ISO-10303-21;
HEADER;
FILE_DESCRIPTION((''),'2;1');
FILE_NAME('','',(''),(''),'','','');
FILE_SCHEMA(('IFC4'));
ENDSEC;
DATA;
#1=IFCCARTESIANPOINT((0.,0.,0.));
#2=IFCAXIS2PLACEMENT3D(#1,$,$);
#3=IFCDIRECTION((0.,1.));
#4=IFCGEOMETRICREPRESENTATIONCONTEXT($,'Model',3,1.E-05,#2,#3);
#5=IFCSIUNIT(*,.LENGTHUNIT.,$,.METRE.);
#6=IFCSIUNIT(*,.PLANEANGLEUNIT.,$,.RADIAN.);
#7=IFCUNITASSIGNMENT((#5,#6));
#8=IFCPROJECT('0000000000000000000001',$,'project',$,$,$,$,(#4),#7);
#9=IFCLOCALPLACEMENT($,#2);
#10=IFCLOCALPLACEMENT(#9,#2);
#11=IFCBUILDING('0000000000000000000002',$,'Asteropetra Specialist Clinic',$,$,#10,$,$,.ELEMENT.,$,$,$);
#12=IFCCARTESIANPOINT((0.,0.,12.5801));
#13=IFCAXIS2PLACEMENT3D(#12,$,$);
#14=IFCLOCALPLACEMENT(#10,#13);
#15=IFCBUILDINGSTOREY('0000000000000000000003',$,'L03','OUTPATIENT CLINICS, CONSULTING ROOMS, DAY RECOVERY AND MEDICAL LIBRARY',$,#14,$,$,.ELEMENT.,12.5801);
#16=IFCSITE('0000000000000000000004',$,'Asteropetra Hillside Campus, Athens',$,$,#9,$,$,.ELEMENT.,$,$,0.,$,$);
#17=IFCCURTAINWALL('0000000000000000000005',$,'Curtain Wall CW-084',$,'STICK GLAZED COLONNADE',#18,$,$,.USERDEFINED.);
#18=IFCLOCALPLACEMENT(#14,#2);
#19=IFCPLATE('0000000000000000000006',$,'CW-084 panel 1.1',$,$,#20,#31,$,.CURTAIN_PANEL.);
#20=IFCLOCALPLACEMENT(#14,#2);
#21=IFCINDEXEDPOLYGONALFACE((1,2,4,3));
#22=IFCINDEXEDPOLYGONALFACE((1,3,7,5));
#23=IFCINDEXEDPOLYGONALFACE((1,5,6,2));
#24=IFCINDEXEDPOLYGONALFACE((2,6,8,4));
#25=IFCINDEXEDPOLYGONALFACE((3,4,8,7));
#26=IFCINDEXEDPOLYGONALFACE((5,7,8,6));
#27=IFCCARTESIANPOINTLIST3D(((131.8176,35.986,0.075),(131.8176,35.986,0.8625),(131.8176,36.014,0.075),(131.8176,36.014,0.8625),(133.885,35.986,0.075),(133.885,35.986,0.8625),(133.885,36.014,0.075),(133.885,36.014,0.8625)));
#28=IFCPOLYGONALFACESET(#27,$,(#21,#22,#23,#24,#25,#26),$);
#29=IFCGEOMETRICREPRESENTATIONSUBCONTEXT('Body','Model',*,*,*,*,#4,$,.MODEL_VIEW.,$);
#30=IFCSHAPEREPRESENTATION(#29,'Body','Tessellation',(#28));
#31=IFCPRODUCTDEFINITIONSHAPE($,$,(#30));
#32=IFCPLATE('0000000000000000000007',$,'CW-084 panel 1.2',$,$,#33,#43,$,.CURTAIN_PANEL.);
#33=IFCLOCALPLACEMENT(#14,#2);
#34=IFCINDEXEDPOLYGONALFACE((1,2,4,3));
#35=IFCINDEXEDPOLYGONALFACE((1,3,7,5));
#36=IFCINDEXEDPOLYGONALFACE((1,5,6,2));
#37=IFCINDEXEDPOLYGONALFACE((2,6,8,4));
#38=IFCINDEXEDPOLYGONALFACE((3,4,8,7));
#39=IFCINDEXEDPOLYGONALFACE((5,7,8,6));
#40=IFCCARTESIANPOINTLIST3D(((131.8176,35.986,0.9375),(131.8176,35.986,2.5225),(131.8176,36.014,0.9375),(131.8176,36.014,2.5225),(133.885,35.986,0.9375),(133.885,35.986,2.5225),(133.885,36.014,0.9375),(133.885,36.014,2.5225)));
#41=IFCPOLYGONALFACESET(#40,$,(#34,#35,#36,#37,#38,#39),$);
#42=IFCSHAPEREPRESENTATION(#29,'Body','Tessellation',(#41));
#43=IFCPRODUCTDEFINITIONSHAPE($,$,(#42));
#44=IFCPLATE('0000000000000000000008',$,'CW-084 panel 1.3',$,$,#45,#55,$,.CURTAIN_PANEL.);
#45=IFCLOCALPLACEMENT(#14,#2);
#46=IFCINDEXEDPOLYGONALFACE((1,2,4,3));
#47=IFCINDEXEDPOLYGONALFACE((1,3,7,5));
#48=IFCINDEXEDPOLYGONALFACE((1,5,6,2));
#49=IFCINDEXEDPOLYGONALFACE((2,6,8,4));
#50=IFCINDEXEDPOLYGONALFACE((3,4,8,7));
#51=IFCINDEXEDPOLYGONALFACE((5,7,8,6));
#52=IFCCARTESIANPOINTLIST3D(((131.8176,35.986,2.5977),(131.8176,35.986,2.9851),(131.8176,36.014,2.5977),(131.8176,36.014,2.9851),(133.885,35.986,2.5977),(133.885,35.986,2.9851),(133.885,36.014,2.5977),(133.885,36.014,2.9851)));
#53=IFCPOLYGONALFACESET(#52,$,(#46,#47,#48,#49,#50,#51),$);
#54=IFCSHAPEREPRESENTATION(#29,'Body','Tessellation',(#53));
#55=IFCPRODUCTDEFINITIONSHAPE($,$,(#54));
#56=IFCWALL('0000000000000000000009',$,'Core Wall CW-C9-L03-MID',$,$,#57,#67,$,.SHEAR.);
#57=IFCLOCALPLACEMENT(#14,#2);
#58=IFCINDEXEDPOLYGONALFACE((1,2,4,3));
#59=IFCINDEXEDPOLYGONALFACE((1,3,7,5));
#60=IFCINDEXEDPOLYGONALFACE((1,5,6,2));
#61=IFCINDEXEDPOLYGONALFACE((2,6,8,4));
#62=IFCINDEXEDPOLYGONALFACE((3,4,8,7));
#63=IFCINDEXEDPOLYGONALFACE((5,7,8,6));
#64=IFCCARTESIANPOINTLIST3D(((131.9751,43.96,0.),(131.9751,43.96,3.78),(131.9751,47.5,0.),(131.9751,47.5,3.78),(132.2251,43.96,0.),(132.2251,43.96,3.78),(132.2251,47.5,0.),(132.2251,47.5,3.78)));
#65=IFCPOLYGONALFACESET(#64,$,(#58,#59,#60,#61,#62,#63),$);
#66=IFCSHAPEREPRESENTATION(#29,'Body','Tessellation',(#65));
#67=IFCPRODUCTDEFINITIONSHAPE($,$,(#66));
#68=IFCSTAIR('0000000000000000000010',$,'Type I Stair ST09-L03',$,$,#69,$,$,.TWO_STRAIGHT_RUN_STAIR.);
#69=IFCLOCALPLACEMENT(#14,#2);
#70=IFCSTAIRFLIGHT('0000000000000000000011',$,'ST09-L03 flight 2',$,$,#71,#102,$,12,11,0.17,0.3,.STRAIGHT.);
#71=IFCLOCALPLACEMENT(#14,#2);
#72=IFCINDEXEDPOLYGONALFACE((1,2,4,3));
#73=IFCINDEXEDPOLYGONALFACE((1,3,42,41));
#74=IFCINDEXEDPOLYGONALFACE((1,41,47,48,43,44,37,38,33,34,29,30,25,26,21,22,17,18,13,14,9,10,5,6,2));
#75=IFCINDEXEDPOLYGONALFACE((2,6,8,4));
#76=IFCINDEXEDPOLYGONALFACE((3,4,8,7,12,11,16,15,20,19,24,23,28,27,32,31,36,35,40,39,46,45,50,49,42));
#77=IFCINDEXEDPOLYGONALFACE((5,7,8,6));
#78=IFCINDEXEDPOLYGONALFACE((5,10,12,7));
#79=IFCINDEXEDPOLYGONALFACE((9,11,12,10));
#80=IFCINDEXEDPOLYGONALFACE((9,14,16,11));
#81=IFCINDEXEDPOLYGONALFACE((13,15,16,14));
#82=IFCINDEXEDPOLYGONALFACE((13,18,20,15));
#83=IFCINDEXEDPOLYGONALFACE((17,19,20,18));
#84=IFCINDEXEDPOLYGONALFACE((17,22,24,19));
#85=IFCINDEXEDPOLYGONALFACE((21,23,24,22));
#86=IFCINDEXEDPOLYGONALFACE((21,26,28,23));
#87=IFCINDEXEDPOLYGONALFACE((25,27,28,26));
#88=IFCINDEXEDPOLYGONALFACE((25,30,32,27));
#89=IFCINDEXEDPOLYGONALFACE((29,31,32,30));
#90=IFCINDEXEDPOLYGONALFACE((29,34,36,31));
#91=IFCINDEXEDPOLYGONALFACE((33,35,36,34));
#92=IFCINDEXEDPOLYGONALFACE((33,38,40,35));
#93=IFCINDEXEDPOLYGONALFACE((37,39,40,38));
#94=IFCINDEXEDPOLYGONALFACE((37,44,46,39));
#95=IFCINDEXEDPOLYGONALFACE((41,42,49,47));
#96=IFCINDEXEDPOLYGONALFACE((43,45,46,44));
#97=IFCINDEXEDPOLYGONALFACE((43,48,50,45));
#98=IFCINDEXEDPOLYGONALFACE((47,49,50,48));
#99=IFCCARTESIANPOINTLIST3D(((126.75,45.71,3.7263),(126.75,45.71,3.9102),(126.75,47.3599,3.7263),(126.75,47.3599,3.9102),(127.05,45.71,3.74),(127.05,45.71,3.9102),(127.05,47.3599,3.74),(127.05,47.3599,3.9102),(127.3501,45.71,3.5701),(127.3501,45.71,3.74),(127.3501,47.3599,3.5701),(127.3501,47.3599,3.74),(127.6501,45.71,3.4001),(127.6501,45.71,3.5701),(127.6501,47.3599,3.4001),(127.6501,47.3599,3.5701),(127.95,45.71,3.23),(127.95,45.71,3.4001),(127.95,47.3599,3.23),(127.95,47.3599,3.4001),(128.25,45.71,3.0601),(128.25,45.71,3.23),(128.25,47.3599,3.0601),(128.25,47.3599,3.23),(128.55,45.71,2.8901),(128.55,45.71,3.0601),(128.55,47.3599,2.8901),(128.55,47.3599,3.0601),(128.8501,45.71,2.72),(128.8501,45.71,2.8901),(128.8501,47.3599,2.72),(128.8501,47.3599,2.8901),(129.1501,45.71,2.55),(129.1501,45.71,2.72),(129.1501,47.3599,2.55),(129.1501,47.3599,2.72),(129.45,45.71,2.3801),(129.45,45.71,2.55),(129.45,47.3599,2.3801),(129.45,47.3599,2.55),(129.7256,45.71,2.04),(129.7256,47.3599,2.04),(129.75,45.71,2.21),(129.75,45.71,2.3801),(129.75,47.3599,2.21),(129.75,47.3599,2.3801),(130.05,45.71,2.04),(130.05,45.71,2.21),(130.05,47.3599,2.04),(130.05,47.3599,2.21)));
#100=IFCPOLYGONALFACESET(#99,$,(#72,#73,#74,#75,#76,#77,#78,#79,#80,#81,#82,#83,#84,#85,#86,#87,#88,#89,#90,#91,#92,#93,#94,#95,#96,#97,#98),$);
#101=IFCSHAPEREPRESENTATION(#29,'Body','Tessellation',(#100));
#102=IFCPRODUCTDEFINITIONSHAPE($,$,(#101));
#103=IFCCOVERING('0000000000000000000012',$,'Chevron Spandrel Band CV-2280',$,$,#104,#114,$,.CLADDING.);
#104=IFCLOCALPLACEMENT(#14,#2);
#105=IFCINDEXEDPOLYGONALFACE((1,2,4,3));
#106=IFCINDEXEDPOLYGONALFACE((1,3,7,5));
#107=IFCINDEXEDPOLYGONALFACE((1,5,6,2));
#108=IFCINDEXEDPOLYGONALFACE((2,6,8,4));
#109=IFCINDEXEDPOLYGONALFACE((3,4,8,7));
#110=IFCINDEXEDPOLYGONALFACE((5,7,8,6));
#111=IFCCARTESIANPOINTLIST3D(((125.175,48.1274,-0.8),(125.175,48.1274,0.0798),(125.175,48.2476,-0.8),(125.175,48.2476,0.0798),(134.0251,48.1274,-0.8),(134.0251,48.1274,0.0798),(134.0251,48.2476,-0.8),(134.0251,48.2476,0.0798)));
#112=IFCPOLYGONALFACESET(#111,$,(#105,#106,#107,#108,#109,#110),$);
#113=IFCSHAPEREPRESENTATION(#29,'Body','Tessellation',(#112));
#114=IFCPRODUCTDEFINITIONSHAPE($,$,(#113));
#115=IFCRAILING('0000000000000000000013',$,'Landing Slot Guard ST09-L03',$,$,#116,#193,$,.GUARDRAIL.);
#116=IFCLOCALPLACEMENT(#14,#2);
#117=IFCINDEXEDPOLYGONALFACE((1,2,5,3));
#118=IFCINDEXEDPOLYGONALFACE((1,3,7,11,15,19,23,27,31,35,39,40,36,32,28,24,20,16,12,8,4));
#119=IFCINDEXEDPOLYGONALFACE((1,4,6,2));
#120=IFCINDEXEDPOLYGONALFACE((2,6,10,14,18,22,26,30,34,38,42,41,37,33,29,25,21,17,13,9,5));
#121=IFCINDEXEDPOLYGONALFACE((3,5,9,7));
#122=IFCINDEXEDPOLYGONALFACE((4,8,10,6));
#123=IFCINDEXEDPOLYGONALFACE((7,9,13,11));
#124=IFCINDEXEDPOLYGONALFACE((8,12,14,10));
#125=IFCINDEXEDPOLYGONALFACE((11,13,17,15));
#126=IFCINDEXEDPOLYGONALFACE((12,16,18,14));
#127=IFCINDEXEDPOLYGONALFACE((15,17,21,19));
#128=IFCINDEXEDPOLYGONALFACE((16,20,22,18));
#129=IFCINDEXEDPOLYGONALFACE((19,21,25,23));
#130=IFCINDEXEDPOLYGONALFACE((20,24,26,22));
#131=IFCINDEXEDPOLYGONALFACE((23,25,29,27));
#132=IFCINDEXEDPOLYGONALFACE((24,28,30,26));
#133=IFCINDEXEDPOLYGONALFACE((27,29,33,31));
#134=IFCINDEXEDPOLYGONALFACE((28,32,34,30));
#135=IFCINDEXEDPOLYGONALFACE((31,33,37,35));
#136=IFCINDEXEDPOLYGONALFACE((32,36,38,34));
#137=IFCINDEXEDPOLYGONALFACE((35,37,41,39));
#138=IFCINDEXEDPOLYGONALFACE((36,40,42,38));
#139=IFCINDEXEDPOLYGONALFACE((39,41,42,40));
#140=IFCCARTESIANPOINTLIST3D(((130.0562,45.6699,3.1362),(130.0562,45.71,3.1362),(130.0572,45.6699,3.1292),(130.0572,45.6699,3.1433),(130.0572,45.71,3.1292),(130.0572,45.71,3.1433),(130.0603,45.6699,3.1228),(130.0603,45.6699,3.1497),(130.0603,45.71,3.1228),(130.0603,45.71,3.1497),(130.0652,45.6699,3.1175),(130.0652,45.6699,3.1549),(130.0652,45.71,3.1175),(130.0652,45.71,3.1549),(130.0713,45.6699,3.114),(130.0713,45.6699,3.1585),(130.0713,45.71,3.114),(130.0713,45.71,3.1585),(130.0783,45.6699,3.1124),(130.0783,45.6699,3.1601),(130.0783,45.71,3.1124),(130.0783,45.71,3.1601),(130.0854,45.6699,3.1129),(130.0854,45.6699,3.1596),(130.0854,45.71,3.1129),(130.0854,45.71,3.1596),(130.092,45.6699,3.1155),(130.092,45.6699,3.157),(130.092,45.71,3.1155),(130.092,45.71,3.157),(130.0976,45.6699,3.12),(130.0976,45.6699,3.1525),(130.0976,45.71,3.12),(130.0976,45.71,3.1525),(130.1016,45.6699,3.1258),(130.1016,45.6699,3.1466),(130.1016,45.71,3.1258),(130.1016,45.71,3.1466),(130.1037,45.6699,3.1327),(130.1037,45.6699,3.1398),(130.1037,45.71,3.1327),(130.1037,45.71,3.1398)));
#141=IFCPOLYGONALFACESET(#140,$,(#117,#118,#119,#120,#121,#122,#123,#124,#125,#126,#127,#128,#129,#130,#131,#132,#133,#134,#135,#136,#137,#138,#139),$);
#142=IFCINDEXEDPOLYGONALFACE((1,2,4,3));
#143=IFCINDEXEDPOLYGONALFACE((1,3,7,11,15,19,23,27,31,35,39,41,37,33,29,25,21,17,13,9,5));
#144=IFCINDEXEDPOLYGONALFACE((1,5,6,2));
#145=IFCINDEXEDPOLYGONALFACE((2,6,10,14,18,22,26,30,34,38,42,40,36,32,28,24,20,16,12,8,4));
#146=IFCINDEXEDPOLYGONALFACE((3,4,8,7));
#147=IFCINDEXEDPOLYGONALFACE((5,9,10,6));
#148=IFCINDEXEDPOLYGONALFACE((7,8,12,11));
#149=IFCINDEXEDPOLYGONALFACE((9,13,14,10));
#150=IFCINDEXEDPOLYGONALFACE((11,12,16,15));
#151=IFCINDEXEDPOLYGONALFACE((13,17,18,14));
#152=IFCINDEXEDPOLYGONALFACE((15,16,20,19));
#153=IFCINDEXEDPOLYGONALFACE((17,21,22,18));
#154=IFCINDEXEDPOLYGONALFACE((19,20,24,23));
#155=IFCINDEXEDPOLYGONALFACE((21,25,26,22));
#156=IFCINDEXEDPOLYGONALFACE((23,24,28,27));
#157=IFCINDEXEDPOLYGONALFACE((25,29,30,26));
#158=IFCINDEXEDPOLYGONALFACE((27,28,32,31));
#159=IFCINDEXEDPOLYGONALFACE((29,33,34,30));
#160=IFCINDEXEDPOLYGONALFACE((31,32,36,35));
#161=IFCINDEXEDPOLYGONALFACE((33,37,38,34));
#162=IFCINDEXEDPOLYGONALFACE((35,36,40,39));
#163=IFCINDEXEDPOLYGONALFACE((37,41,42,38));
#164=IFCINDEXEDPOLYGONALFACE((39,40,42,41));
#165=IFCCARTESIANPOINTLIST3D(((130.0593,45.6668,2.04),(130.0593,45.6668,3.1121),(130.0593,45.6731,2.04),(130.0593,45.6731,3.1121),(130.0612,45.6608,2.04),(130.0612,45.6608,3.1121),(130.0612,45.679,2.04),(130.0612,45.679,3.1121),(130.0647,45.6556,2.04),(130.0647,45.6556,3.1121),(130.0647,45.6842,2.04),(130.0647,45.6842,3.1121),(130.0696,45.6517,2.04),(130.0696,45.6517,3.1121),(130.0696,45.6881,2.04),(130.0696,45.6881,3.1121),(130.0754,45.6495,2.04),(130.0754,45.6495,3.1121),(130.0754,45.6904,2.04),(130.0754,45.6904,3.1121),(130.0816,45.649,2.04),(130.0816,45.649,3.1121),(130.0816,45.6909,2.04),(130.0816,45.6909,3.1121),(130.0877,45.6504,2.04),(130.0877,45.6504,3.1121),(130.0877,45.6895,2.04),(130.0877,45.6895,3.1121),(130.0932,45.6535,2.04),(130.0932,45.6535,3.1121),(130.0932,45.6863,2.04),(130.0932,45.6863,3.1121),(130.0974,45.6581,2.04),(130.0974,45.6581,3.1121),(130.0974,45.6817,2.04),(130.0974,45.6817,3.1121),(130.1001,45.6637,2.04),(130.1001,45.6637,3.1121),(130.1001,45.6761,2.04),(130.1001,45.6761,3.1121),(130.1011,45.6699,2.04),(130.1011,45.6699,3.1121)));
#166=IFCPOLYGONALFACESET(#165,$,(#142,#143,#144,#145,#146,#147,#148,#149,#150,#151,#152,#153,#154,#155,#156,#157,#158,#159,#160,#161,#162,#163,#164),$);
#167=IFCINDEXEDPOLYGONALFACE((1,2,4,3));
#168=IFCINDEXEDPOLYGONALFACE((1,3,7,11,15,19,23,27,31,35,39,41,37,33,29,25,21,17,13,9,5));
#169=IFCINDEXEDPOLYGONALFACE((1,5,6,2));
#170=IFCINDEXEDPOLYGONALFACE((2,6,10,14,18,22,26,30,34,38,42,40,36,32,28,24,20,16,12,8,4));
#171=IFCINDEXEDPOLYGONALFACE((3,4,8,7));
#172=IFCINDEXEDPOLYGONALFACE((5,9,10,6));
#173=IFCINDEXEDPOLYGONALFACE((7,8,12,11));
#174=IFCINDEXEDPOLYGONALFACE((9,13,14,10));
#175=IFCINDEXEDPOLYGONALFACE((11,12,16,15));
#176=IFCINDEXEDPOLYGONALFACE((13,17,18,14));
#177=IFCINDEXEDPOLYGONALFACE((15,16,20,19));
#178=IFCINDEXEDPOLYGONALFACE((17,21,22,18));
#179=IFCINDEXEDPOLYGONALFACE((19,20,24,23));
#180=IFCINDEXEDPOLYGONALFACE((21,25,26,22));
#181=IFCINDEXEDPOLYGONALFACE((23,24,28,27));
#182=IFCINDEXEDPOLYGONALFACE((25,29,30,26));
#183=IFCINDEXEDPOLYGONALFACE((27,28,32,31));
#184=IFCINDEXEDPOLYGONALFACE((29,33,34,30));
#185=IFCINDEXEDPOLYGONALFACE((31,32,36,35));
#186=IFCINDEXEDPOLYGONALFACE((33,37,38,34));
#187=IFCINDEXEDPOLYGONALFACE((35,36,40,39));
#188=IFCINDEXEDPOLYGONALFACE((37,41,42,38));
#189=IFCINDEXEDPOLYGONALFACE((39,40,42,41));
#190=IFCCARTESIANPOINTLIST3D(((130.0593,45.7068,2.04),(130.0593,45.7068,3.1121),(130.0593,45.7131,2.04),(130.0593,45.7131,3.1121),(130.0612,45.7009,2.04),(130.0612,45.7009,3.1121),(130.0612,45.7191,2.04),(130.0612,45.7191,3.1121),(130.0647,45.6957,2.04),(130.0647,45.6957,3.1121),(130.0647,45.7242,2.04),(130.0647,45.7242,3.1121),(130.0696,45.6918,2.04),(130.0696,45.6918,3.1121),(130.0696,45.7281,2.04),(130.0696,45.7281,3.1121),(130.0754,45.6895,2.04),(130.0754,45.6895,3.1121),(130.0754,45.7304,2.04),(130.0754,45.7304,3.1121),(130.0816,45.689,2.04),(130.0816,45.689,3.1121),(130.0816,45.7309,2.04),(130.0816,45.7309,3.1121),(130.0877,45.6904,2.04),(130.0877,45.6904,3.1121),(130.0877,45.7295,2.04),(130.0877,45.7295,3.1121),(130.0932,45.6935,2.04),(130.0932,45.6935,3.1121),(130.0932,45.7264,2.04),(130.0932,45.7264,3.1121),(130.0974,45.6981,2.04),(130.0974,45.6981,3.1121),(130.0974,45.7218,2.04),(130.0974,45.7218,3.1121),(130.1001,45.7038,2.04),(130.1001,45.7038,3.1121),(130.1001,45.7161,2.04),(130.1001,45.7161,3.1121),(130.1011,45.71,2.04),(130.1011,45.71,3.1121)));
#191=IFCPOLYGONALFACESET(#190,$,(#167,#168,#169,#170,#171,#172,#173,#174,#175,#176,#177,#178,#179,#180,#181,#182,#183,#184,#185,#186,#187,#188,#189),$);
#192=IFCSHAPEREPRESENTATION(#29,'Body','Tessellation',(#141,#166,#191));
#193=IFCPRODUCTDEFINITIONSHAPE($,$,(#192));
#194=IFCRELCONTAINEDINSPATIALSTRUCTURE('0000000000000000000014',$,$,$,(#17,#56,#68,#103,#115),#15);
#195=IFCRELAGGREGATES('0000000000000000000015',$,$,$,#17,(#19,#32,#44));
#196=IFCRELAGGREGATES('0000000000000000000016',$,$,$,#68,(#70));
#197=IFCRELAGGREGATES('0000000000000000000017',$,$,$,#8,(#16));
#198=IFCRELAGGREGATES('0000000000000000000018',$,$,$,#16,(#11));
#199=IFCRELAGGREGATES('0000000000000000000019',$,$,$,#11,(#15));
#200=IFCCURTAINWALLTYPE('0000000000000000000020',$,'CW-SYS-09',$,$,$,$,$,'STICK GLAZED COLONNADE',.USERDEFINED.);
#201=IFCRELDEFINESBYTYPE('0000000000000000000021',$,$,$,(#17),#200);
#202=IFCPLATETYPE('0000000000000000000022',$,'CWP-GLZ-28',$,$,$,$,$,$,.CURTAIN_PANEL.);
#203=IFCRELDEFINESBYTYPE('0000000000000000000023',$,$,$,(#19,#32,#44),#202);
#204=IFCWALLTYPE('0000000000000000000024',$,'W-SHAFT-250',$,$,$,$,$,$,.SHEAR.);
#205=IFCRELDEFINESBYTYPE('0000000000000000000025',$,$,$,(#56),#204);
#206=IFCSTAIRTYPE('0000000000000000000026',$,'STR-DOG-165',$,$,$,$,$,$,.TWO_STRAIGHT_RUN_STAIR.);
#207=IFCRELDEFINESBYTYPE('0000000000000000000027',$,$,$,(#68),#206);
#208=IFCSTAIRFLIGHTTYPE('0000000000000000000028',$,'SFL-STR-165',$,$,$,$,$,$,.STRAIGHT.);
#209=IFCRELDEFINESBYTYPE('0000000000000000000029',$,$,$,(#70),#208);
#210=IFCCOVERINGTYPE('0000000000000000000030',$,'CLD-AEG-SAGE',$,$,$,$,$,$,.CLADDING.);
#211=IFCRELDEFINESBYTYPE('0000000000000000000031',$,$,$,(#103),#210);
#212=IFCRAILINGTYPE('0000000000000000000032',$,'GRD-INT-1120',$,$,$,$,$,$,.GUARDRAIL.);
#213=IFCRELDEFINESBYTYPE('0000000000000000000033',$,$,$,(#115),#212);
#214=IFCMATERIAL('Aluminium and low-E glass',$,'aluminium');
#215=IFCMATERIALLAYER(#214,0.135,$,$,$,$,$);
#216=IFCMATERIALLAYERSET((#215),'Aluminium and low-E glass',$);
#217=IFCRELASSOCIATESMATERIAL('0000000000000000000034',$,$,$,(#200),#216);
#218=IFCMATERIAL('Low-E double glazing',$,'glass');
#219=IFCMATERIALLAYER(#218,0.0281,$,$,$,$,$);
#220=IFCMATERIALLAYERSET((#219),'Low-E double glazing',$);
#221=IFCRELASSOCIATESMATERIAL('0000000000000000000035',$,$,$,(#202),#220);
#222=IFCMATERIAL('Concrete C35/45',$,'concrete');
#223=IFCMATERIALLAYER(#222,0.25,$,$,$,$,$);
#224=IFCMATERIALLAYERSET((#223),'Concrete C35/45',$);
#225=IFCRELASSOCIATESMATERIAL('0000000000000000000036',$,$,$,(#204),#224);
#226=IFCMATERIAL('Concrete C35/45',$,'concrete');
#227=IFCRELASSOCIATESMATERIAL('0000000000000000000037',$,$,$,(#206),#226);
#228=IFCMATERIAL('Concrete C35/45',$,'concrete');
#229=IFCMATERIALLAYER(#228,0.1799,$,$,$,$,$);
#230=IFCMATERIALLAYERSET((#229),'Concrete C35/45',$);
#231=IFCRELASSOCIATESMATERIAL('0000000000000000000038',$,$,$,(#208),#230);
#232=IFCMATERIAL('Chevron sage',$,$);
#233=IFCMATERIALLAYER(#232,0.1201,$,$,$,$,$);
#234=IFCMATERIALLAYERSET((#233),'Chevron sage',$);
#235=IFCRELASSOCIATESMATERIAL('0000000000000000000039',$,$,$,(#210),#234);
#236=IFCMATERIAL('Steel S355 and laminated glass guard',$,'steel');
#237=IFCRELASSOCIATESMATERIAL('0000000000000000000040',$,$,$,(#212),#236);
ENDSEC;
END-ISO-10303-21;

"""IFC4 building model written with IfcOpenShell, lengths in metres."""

from ifc_helpers import new_model, si_unit, direction, frame, frame_2d, origin, origin_2d, place, context, subcontext, project, spatial, polyline, rectangle, circle, outline, extrude, material, layer, layer_set, type_object, element, aggregate, save


model = new_model("IFC4")

# Units and contexts
model_context = context("Model", 3, precision=1e-05, world=origin(), true_north=direction((0.0, 1.0)))
body_context = subcontext(model_context, "Body", "Model", "MODEL_VIEW")
ifc_project = project(units=[si_unit("LENGTHUNIT", "METRE"), si_unit("PLANEANGLEUNIT", "RADIAN")], contexts=[model_context])

# Site, building, storey
site_placement = place(None, origin())
site = spatial("IfcSite", under=ifc_project, at=site_placement, Name="Asteropetra Hillside Campus, Athens", CompositionType="ELEMENT", RefElevation=0.0)
building_placement = place(site_placement, origin())
building = spatial("IfcBuilding", under=site, at=building_placement, Name="Asteropetra Specialist Clinic", CompositionType="ELEMENT")
storey_placement = place(building_placement, frame((0.0, 0.0, 12.5801)))
storey = spatial("IfcBuildingStorey", under=building, at=storey_placement, Name="L03", Description="OUTPATIENT CLINICS, CONSULTING ROOMS, DAY RECOVERY AND MEDICAL LIBRARY", CompositionType="ELEMENT", Elevation=12.5801)

# Curtain wall
ifc_material_1 = material(Name="Aluminium and low-E glass", Category="aluminium")
ifc_layer_1 = layer(ifc_material_1, 0.135)
ifc_layer_set_1 = layer_set([ifc_layer_1], Name="Aluminium and low-E glass")
curtain_wall_type = type_object("IfcCurtainWallType", Name="CW-SYS-09", ElementType="STICK GLAZED COLONNADE", PredefinedType="USERDEFINED", material=ifc_layer_set_1)
curtain_wall_placement = place(storey_placement, origin())
curtain_wall = element("IfcCurtainWall", 1, at=curtain_wall_placement, inside=storey, type_object=curtain_wall_type, Name="Curtain Wall CW-084", ObjectType="STICK GLAZED COLONNADE", PredefinedType="USERDEFINED")

# Plates
ifc_material_2 = material(Name="Low-E double glazing", Category="glass")
ifc_layer_2 = layer(ifc_material_2, 0.0281)
ifc_layer_set_2 = layer_set([ifc_layer_2], Name="Low-E double glazing")
plate_type_1 = type_object("IfcPlateType", Name="CWP-GLZ-28", PredefinedType="CURTAIN_PANEL", material=ifc_layer_set_2)
plate_1_placement = place(storey_placement, frame((132.8513, 36.0, 0.075), z_axis=(0.0, 0.0, 1.0), x_axis=(-1.0, 0.0, 0.0)))
plate_1 = element("IfcPlate", 2, at=plate_1_placement, type_object=plate_type_1, Name="CW-084 panel 1.1", PredefinedType="CURTAIN_PANEL", context=body_context, shape_type="SweptSolid", body=[
    extrude(rectangle(XDim=2.0674, YDim=0.0281, at=origin_2d()), origin(), (0.0, 0.0, 1.0), 0.7876),
])
plate_2_placement = place(storey_placement, frame((132.8513, 36.0, 0.9375), z_axis=(0.0, 0.0, 1.0), x_axis=(-1.0, 0.0, 0.0)))
plate_2 = element("IfcPlate", 3, at=plate_2_placement, type_object=plate_type_1, Name="CW-084 panel 1.2", PredefinedType="CURTAIN_PANEL", context=body_context, shape_type="SweptSolid", body=[
    extrude(rectangle(XDim=2.0674, YDim=0.0281, at=origin_2d()), origin(), (0.0, 0.0, 1.0), 1.585),
])
plate_3_placement = place(storey_placement, frame((132.8513, 36.0, 2.5977), z_axis=(0.0, 0.0, 1.0), x_axis=(-1.0, 0.0, 0.0)))
plate_3 = element("IfcPlate", 4, at=plate_3_placement, type_object=plate_type_1, Name="CW-084 panel 1.3", PredefinedType="CURTAIN_PANEL", context=body_context, shape_type="SweptSolid", body=[
    extrude(rectangle(XDim=2.0674, YDim=0.0281, at=origin_2d()), origin(), (0.0, 0.0, 1.0), 0.3875),
])
aggregate(curtain_wall, [plate_1, plate_2, plate_3])

# Wall
ifc_material_3 = material(Name="Concrete C35/45", Category="concrete")
ifc_layer_3 = layer(ifc_material_3, 0.25)
ifc_layer_set_3 = layer_set([ifc_layer_3], Name="Concrete C35/45")
wall_type = type_object("IfcWallType", Name="W-SHAFT-250", PredefinedType="SHEAR", material=ifc_layer_set_3)
wall_1_placement = place(storey_placement, frame((132.1001, 43.96, 0.0), z_axis=(0.0, 0.0, 1.0), x_axis=(0.0, 1.0, 0.0)))
element("IfcWall", 5, at=wall_1_placement, inside=storey, type_object=wall_type, Name="Core Wall CW-C9-L03-MID", PredefinedType="SHEAR", context=body_context, shape_type="SweptSolid", body=[
    extrude(rectangle(XDim=3.54, YDim=0.25, at=frame_2d((1.77, 0.0))), origin(), (0.0, 0.0, 1.0), 3.78),
])

# Stair, stair flight
ifc_material_4 = material(Name="Concrete C35/45", Category="concrete")
stair_type = type_object("IfcStairType", Name="STR-DOG-165", PredefinedType="TWO_STRAIGHT_RUN_STAIR", material=ifc_material_4)
stair_placement = place(storey_placement, origin())
stair = element("IfcStair", 6, at=stair_placement, inside=storey, type_object=stair_type, Name="Type I Stair ST09-L03", PredefinedType="TWO_STRAIGHT_RUN_STAIR")
ifc_material_5 = material(Name="Concrete C35/45", Category="concrete")
ifc_layer_4 = layer(ifc_material_5, 0.1799)
ifc_layer_set_4 = layer_set([ifc_layer_4], Name="Concrete C35/45")
stair_flight_type = type_object("IfcStairFlightType", Name="SFL-STR-165", PredefinedType="STRAIGHT", material=ifc_layer_set_4)
stair_flight_placement = place(storey_placement, frame((130.05, 46.5349, 2.04), z_axis=(0.0, 0.0, 1.0), x_axis=(-1.0, 0.0, 0.0)))
stair_flight = element("IfcStairFlight", 7, at=stair_flight_placement, type_object=stair_flight_type, Name="ST09-L03 flight 2", NumberOfRisers=12, NumberOfTreads=11, PredefinedType="STRAIGHT", RiserHeight=0.17, TreadLength=0.3, context=body_context, shape_type="SweptSolid", body=[
    extrude(outline(polyline([(0.0, 0.0), (0.0, 0.1699), (0.3, 0.1699), (0.3, 0.3401), (0.6001, 0.3401), (0.6001, 0.51), (0.8999, 0.51), (0.8999, 0.6799), (1.2, 0.6799), (1.2, 0.8501), (1.5, 0.8501), (1.5, 1.02), (1.8, 1.02), (1.8, 1.1899), (2.1001, 1.1899), (2.1001, 1.3601), (2.3999, 1.3601), (2.3999, 1.53), (2.7, 1.53), (2.7, 1.7), (3.0, 1.7), (3.0, 1.8701), (3.3, 1.8701), (3.3, 2.04), (3.3, 1.6863), (0.3245, 0.0), (0.0, 0.0)])), frame((0.0, 0.825, 0.0), z_axis=(0.0, -1.0, 0.0), x_axis=(1.0, 0.0, 0.0)), (0.0, 0.0, 1.0), 1.6499),
])
aggregate(stair, [stair_flight])

# Covering
ifc_material_6 = material(Name="Chevron sage")
ifc_layer_5 = layer(ifc_material_6, 0.1201)
ifc_layer_set_5 = layer_set([ifc_layer_5], Name="Chevron sage")
covering_type = type_object("IfcCoveringType", Name="CLD-AEG-SAGE", PredefinedType="CLADDING", material=ifc_layer_set_5)
covering_placement = place(storey_placement, frame((129.6001, 48.1875, -0.8), z_axis=(0.0, 0.0, 1.0), x_axis=(1.0, 0.0, 0.0)))
element("IfcCovering", 8, at=covering_placement, inside=storey, type_object=covering_type, Name="Chevron Spandrel Band CV-2280", PredefinedType="CLADDING", context=body_context, shape_type="SweptSolid", body=[
    extrude(rectangle(XDim=8.8501, YDim=0.1201, at=origin_2d()), origin(), (0.0, 0.0, 1.0), 0.8799),
])

# Railing
ifc_material_7 = material(Name="Steel S355 and laminated glass guard", Category="steel")
railing_type_1 = type_object("IfcRailingType", Name="GRD-INT-1120", PredefinedType="GUARDRAIL", material=ifc_material_7)
railing_1_placement = place(storey_placement, frame((130.0801, 45.6699, 2.04)))
element("IfcRailing", 9, at=railing_1_placement, inside=storey, type_object=railing_type_1, Name="Landing Slot Guard ST09-L03", PredefinedType="GUARDRAIL", context=body_context, shape_type="SweptSolid", body=[
    extrude(circle(Radius=0.0239, at=origin_2d()), frame((0.0, 0.0, 1.0962), z_axis=(0.0, 1.0, 0.0), x_axis=(-1.0, 0.0, 0.0)), (0.0, 0.0, 1.0), 0.04),
    extrude(circle(Radius=0.021, at=origin_2d()), origin(), (0.0, 0.0, 1.0), 1.072),
    extrude(circle(Radius=0.021, at=origin_2d()), frame((0.0, 0.04, 0.0)), (0.0, 0.0, 1.0), 1.072),
])

save(model, "model.ifc")
